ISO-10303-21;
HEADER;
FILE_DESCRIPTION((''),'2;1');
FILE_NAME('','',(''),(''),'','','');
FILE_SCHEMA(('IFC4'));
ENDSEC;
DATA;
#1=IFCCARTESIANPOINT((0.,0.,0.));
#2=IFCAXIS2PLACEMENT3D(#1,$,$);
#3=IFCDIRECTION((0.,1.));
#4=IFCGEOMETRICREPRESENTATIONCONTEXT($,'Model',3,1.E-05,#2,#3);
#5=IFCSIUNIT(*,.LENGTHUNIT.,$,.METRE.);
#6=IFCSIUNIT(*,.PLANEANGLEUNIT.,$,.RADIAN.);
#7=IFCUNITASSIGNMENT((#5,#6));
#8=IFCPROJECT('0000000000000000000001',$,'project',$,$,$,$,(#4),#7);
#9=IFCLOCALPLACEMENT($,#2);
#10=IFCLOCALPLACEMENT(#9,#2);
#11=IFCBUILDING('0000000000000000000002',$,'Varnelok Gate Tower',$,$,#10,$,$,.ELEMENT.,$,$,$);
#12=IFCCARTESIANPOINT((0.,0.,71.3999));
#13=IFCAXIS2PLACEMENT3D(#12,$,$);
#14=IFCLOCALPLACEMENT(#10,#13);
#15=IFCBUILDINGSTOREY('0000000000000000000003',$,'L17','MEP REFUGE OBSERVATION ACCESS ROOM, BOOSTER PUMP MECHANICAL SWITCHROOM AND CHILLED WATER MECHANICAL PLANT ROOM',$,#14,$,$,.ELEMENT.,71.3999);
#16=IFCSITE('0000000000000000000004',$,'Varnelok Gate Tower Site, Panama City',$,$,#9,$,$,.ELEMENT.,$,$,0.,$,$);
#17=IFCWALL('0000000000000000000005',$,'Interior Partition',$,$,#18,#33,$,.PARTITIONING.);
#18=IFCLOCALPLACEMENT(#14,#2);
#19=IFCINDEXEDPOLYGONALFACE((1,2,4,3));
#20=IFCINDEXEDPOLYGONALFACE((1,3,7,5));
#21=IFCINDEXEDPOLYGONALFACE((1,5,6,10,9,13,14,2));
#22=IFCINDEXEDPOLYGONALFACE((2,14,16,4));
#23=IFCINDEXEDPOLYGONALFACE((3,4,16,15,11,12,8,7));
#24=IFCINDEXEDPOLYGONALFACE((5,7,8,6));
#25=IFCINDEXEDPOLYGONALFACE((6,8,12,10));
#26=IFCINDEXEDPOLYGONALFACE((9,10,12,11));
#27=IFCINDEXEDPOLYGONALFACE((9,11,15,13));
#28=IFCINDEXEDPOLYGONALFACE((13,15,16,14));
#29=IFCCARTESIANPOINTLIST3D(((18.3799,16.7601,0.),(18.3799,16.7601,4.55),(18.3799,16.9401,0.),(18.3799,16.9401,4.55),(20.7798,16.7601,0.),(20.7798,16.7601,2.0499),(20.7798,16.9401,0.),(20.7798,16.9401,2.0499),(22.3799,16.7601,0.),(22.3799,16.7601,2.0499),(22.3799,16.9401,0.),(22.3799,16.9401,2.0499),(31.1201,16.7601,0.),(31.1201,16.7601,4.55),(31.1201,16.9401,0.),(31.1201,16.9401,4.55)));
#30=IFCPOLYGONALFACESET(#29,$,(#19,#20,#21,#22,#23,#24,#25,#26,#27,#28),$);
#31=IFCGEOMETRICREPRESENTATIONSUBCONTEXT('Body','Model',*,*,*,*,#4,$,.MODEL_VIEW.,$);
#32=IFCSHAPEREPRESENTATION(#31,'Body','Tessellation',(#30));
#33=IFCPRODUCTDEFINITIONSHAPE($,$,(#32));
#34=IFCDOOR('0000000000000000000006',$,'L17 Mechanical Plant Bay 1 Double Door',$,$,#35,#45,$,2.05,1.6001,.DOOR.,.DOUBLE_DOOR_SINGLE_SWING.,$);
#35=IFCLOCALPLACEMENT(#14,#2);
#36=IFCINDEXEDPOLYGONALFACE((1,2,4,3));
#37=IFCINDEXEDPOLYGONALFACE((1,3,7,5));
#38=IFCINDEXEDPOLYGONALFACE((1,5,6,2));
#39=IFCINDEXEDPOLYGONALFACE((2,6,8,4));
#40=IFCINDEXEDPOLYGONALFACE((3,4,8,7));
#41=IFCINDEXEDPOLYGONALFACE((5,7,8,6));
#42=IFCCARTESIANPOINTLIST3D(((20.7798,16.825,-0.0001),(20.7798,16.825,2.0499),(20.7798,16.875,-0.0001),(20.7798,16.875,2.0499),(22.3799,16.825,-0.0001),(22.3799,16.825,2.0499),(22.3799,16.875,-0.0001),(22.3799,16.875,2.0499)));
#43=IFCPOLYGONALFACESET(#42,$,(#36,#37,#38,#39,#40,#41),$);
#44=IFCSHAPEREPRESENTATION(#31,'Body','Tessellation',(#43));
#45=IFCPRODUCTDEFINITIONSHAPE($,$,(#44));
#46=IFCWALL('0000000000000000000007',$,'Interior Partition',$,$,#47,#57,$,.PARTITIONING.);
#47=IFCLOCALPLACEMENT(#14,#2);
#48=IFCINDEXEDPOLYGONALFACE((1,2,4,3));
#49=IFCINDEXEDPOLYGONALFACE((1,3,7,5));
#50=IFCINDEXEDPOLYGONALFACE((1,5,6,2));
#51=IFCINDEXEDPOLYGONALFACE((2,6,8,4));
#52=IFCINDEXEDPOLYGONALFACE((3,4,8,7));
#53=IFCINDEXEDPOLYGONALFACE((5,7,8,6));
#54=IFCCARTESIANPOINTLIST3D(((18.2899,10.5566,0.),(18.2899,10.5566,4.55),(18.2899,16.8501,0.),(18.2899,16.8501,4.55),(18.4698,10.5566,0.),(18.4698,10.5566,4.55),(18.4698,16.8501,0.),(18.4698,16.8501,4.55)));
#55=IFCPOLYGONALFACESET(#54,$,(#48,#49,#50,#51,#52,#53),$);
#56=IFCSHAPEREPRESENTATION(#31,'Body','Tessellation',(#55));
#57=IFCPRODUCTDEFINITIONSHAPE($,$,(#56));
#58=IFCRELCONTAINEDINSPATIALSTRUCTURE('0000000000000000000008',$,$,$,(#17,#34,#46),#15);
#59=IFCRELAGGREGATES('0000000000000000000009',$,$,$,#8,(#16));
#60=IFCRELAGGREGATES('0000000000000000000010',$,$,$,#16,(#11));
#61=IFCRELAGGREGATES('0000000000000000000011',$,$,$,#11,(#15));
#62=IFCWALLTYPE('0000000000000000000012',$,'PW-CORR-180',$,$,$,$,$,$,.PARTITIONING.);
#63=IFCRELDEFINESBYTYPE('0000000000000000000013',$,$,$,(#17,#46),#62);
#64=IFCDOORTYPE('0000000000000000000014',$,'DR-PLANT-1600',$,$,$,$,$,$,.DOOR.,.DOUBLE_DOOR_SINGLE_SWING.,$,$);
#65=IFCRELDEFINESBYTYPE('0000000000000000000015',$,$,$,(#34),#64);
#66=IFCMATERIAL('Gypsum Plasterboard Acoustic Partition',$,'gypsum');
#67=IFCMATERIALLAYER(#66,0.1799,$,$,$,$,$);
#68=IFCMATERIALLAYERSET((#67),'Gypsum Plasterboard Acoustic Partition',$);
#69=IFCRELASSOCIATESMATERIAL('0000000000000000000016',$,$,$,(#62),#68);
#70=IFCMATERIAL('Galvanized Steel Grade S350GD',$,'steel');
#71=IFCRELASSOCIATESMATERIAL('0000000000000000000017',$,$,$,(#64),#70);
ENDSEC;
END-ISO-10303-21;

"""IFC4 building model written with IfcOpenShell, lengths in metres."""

from ifc_helpers import new_model, si_unit, direction, frame, frame_2d, origin, place, context, subcontext, project, spatial, rectangle, extrude, material, layer, layer_set, type_object, element, fill, save


model = new_model("IFC4")

# Units and contexts
model_context = context("Model", 3, precision=1e-05, world=origin(), true_north=direction((0.0, 1.0)))
body_context = subcontext(model_context, "Body", "Model", "MODEL_VIEW")
ifc_project = project(units=[si_unit("LENGTHUNIT", "METRE"), si_unit("PLANEANGLEUNIT", "RADIAN")], contexts=[model_context])

# Site, building, storey
site_placement = place(None, origin())
site = spatial("IfcSite", under=ifc_project, at=site_placement, Name="Varnelok Gate Tower Site, Panama City", CompositionType="ELEMENT", RefElevation=0.0)
building_placement = place(site_placement, origin())
building = spatial("IfcBuilding", under=site, at=building_placement, Name="Varnelok Gate Tower", CompositionType="ELEMENT")
storey_placement = place(building_placement, frame((0.0, 0.0, 71.3999)))
storey = spatial("IfcBuildingStorey", under=building, at=storey_placement, Name="L17", Description="MEP REFUGE OBSERVATION ACCESS ROOM, BOOSTER PUMP MECHANICAL SWITCHROOM AND CHILLED WATER MECHANICAL PLANT ROOM", CompositionType="ELEMENT", Elevation=71.3999)

# Wall, opening, door
ifc_material_1 = material(Name="Gypsum Plasterboard Acoustic Partition", Category="gypsum")
ifc_layer_1 = layer(ifc_material_1, 0.1799)
ifc_layer_set_1 = layer_set([ifc_layer_1], Name="Gypsum Plasterboard Acoustic Partition")
wall_type_1 = type_object("IfcWallType", Name="PW-CORR-180", PredefinedType="PARTITIONING", material=ifc_layer_set_1)
wall_1_placement = place(storey_placement, frame((18.3799, 16.8501, 0.0), z_axis=(0.0, 0.0, 1.0), x_axis=(1.0, 0.0, 0.0)))
wall_1 = element("IfcWall", 1, at=wall_1_placement, inside=storey, type_object=wall_type_1, Name="Interior Partition", PredefinedType="PARTITIONING", context=body_context, shape_type="SweptSolid", body=[
    extrude(rectangle(XDim=12.7402, YDim=0.1799, at=frame_2d((6.3701, 0.0))), origin(), (0.0, 0.0, 1.0), 4.55),
])
opening_placement = place(wall_1_placement, frame((2.3999, 0.0, 0.0)))
opening = element("IfcOpeningElement", 2, at=opening_placement, cuts=wall_1, PredefinedType="OPENING", context=body_context, shape_type="SweptSolid", body=[
    extrude(rectangle(XDim=1.6001, YDim=2.05, at=frame_2d((0.8, 1.0249))), frame((0.0, 0.0999, 0.0), z_axis=(0.0, -1.0, 0.0), x_axis=(1.0, 0.0, 0.0)), (0.0, 0.0, 1.0), 0.2),
])
ifc_material_2 = material(Name="Galvanized Steel Grade S350GD", Category="steel")
door_type = type_object("IfcDoorType", Name="DR-PLANT-1600", OperationType="DOUBLE_DOOR_SINGLE_SWING", PredefinedType="DOOR", material=ifc_material_2)
door_placement = place(opening_placement, origin())
door = element("IfcDoor", 3, at=door_placement, inside=storey, type_object=door_type, Name="L17 Mechanical Plant Bay 1 Double Door", OperationType="DOUBLE_DOOR_SINGLE_SWING", OverallHeight=2.05, OverallWidth=1.6001, PredefinedType="DOOR", context=body_context, shape_type="SweptSolid", body=[
    extrude(rectangle(XDim=1.6001, YDim=2.05, at=frame_2d((0.8, 1.0249))), frame((0.0, 0.0249, 0.0), z_axis=(0.0, -1.0, 0.0), x_axis=(1.0, 0.0, 0.0)), (0.0, 0.0, 1.0), 0.05),
])
fill(opening, door)

# Wall
wall_2_placement = place(storey_placement, frame((18.3799, 10.5566, 0.0), z_axis=(0.0, 0.0, 1.0), x_axis=(0.0, 1.0, 0.0)))
element("IfcWall", 4, at=wall_2_placement, inside=storey, type_object=wall_type_1, Name="Interior Partition", PredefinedType="PARTITIONING", context=body_context, shape_type="SweptSolid", body=[
    extrude(rectangle(XDim=6.2935, YDim=0.1799, at=frame_2d((3.1467, 0.0))), origin(), (0.0, 0.0, 1.0), 4.55),
])

save(model, "model.ifc")
